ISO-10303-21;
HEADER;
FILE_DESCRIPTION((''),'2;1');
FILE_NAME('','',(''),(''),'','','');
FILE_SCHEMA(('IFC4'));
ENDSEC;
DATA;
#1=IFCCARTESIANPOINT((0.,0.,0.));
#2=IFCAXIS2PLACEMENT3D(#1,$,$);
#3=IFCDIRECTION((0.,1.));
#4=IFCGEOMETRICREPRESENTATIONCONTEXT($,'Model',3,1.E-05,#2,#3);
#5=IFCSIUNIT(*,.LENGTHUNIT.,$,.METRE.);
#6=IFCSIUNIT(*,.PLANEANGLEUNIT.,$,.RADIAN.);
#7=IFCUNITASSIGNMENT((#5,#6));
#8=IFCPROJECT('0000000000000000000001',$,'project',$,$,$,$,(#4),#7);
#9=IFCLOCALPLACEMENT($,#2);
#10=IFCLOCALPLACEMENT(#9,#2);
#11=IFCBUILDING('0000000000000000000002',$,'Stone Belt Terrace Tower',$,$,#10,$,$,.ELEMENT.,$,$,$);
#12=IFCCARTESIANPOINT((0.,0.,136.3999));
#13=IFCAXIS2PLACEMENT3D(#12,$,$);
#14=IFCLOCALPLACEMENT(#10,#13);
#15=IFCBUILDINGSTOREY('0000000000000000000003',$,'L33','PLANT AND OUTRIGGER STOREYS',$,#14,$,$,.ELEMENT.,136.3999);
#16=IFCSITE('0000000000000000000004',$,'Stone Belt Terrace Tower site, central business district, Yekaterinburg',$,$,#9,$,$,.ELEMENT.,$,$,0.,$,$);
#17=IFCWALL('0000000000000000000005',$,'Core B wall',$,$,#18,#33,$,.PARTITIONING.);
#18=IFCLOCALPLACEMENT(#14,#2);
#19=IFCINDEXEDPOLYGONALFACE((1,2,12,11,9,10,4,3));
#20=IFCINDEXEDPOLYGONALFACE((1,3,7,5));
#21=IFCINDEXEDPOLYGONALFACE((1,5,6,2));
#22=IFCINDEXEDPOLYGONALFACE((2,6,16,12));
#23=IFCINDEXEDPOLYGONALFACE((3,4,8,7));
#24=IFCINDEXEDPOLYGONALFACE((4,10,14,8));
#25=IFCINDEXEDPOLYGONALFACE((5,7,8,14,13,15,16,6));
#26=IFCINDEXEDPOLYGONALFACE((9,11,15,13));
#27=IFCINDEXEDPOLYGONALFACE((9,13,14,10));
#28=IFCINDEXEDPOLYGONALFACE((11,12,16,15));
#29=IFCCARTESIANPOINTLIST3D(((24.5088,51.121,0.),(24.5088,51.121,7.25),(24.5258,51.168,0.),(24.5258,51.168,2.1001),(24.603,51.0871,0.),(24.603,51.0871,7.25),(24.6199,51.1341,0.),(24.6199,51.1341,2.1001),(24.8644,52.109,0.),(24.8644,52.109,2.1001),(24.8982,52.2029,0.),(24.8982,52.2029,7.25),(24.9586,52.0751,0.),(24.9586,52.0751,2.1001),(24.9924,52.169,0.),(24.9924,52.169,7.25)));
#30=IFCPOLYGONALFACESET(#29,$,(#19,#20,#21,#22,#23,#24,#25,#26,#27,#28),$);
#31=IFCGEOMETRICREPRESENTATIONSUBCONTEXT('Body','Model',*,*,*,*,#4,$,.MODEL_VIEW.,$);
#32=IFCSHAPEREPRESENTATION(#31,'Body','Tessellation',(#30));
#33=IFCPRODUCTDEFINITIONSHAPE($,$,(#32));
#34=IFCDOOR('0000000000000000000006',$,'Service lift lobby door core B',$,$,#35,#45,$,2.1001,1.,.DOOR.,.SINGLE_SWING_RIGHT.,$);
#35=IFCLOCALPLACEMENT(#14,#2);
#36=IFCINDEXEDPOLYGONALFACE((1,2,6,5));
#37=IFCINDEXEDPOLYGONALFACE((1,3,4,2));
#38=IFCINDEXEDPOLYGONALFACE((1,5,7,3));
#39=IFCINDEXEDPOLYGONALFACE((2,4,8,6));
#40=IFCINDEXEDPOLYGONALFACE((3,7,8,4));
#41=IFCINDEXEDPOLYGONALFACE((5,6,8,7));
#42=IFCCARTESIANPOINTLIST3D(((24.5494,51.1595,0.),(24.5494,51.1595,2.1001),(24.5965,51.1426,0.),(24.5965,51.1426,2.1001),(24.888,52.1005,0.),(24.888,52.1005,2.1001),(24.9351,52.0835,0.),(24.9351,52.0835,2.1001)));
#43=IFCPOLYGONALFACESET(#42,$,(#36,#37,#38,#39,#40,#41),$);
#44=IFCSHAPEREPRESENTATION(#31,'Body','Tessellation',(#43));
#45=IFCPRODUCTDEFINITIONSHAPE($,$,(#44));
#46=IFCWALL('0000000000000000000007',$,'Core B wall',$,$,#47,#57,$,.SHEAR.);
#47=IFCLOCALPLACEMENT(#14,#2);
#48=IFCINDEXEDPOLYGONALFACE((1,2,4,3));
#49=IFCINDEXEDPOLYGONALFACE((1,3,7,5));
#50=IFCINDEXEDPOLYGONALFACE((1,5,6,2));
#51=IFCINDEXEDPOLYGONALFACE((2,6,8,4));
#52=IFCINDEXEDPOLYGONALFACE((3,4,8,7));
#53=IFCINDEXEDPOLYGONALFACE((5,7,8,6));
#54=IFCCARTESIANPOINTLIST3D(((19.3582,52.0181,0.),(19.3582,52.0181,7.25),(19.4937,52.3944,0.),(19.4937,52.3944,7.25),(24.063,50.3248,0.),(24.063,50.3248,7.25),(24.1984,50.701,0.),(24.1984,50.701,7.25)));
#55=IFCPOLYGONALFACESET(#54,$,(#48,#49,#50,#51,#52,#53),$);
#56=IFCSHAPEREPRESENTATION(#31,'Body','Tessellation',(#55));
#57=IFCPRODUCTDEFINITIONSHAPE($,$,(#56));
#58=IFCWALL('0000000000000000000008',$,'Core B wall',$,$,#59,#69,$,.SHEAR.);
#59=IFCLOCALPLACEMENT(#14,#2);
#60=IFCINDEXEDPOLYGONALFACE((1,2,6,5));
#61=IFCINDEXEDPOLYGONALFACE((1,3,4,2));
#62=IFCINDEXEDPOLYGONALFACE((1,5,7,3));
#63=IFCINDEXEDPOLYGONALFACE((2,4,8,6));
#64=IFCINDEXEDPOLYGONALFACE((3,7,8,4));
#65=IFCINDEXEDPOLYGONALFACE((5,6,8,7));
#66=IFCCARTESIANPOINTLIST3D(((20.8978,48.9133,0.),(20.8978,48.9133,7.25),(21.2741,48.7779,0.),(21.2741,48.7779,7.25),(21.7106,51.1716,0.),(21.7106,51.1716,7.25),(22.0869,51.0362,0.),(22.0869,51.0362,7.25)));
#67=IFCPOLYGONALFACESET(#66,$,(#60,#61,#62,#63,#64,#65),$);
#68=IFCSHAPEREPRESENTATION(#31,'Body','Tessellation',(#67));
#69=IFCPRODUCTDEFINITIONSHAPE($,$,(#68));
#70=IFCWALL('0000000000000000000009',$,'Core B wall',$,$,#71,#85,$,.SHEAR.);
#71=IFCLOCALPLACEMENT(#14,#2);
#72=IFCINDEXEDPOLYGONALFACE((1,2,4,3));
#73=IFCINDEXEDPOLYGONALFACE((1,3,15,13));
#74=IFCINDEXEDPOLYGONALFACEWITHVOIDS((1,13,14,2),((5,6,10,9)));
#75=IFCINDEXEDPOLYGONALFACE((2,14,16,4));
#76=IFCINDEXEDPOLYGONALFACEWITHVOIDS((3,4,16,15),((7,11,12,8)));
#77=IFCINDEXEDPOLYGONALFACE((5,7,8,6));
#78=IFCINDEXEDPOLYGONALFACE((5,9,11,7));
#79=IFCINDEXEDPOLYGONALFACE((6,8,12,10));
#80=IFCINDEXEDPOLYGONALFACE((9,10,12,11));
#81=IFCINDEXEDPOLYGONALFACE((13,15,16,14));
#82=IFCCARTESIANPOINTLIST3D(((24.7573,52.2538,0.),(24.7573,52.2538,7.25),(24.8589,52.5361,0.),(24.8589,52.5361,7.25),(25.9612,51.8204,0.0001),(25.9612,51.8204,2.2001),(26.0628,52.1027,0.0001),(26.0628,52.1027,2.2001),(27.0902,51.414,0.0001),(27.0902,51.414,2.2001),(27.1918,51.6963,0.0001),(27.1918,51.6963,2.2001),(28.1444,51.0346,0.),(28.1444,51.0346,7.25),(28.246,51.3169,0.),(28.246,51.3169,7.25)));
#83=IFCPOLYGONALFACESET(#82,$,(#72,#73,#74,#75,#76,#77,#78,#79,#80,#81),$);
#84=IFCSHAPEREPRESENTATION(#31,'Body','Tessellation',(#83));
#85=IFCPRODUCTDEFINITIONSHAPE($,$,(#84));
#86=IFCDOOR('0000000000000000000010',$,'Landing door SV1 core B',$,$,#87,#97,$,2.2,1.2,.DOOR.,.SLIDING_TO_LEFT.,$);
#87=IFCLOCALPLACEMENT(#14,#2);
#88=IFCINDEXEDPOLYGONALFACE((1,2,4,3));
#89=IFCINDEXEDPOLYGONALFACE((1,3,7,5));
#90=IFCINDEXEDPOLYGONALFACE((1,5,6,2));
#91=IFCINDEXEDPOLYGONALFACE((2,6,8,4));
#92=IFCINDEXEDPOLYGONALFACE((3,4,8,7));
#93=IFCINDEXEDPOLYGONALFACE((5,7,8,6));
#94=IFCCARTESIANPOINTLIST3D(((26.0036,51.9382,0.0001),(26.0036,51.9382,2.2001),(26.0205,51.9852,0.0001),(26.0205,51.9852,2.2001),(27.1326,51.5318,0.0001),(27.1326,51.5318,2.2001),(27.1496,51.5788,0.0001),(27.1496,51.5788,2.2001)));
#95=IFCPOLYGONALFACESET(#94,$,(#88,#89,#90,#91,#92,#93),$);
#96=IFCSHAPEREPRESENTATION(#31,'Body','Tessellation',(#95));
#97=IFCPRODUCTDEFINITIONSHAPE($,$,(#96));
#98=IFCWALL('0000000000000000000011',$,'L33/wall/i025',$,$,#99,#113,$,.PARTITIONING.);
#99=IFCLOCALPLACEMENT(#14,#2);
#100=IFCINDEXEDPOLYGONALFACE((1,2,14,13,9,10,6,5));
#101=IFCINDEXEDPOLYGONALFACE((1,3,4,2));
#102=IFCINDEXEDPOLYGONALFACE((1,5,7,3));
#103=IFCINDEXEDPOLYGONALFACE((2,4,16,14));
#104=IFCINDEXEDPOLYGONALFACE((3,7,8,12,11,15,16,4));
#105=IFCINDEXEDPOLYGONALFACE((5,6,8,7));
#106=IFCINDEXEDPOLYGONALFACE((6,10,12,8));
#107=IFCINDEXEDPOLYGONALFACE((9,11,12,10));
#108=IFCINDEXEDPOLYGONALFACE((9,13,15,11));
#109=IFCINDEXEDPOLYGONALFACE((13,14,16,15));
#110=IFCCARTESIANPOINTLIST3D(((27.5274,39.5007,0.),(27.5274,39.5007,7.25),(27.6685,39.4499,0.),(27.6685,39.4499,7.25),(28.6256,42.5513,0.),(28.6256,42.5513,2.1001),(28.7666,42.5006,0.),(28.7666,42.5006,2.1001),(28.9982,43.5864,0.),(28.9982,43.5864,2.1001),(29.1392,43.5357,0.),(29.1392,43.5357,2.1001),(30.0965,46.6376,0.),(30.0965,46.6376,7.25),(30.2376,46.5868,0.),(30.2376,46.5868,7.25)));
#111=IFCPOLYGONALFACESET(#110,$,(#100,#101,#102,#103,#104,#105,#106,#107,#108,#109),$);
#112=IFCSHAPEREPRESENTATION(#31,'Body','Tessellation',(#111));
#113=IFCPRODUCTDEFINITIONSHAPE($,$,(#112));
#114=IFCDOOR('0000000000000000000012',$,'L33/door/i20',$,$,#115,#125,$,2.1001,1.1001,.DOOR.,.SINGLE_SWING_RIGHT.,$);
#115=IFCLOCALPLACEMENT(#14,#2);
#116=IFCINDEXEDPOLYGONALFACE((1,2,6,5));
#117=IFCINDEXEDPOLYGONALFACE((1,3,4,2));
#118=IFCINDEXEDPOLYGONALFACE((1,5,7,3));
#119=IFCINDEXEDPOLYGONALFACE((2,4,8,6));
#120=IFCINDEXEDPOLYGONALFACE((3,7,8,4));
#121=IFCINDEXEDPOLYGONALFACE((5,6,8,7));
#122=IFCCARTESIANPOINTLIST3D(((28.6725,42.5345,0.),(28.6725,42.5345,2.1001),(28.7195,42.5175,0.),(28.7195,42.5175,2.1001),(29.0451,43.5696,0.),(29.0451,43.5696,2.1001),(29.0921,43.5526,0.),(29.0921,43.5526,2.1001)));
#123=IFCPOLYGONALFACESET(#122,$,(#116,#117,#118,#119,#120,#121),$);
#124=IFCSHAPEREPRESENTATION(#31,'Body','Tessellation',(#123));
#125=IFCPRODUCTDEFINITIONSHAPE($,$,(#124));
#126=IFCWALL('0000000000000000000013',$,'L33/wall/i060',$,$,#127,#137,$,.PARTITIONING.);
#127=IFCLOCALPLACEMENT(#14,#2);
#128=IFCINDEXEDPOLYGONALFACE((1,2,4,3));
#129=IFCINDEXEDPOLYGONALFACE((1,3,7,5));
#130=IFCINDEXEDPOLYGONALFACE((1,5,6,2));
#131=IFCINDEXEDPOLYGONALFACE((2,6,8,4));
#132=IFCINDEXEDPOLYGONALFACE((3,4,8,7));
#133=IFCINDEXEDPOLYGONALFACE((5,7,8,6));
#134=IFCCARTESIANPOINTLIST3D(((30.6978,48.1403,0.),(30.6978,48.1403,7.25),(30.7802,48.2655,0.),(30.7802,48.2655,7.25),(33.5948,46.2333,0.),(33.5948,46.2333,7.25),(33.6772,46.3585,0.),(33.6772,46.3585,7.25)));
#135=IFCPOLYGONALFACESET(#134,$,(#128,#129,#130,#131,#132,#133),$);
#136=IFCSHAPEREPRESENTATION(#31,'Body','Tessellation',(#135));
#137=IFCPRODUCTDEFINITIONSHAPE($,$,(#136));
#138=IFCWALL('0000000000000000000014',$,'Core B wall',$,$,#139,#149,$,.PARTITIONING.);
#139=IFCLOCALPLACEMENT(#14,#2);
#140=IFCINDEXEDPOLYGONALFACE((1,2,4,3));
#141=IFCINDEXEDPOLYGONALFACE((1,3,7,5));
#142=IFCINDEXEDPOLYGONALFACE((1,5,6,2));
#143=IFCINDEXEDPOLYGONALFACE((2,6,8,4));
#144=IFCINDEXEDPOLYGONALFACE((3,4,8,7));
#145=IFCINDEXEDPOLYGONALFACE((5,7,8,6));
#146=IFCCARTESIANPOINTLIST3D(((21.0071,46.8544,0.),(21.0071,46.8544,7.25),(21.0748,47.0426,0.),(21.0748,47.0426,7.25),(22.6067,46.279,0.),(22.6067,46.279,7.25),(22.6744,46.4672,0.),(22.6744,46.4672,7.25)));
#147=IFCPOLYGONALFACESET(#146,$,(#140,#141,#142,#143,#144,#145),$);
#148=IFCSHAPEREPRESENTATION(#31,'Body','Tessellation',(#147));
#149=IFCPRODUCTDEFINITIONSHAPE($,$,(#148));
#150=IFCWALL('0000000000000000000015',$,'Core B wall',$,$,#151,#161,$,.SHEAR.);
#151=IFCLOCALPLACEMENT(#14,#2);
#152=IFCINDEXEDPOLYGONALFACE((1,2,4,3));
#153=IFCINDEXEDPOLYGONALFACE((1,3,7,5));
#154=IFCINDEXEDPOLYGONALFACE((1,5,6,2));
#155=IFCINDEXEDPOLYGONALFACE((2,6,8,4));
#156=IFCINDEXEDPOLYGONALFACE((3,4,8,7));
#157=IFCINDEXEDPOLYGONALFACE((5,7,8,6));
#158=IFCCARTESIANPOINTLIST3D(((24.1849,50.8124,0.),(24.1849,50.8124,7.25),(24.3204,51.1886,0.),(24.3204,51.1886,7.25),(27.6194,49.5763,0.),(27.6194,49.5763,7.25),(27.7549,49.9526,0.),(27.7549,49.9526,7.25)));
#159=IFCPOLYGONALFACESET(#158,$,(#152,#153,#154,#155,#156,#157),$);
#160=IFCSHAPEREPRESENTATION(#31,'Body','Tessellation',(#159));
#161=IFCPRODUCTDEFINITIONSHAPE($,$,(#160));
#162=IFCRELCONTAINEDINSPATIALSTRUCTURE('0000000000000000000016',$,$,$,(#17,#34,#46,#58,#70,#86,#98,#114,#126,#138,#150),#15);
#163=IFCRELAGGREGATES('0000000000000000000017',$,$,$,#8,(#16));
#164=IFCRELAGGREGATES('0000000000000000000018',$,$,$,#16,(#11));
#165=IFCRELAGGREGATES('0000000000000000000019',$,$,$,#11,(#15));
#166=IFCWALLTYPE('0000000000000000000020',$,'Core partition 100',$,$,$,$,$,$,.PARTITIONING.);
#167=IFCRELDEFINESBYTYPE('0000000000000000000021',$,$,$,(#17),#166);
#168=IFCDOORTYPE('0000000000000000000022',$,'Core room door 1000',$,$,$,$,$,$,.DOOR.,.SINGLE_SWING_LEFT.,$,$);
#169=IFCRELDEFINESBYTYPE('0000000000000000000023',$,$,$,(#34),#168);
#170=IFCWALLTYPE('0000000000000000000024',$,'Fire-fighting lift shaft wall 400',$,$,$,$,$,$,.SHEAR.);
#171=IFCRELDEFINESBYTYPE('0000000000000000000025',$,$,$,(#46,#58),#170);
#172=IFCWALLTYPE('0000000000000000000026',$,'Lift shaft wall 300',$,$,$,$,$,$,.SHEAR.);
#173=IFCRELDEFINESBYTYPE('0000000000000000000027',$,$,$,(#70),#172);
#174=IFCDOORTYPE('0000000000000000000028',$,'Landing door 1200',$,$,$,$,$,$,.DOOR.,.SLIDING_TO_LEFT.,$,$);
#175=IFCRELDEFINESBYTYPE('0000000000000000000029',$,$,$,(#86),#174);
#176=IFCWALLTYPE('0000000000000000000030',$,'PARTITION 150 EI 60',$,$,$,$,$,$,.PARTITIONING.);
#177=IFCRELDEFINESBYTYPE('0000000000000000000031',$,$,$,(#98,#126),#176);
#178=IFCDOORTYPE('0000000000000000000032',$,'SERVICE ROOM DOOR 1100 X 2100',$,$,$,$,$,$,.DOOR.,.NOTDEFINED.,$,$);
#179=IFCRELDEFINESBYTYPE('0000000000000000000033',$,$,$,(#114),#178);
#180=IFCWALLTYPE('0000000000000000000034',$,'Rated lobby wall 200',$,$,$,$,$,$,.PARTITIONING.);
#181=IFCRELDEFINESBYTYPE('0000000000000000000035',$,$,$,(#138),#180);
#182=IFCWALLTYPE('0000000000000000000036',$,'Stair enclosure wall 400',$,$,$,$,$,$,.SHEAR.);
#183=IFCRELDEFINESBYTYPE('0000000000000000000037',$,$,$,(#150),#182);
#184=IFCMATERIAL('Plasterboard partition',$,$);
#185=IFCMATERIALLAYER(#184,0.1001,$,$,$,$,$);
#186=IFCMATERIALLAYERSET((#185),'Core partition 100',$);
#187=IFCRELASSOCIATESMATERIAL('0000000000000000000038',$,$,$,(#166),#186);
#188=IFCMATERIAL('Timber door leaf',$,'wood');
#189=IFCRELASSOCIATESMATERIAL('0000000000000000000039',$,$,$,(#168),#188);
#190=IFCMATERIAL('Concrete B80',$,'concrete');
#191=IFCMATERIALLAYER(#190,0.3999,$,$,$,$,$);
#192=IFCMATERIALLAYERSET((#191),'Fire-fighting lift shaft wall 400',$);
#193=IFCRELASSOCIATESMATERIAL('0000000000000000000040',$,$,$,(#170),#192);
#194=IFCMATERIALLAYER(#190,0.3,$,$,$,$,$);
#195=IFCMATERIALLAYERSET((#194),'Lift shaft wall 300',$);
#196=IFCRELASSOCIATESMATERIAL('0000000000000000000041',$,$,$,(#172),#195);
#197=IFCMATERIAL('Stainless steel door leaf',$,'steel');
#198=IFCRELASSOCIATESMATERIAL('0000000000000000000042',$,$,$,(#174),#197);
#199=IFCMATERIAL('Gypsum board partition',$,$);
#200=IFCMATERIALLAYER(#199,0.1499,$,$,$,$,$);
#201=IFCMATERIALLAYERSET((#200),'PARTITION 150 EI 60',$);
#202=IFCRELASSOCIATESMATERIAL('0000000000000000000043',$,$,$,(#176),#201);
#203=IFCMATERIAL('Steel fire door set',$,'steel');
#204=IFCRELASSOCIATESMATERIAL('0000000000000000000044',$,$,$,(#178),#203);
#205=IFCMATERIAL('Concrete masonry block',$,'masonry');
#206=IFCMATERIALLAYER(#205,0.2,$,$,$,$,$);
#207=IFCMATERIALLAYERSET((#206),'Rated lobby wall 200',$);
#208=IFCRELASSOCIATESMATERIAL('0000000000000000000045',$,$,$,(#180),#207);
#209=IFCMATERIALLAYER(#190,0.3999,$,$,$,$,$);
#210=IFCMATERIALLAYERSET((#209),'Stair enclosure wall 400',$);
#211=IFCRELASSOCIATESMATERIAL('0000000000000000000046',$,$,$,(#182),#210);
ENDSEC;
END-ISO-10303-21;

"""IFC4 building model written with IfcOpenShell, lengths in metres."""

from ifc_helpers import new_model, si_unit, direction, frame, frame_2d, origin, place, context, subcontext, project, spatial, rectangle, extrude, material, layer, layer_set, type_object, element, fill, save


model = new_model("IFC4")

# Units and contexts
model_context = context("Model", 3, precision=1e-05, world=origin(), true_north=direction((0.0, 1.0)))
body_context = subcontext(model_context, "Body", "Model", "MODEL_VIEW")
ifc_project = project(units=[si_unit("LENGTHUNIT", "METRE"), si_unit("PLANEANGLEUNIT", "RADIAN")], contexts=[model_context])

# Site, building, storey
site_placement = place(None, origin())
site = spatial("IfcSite", under=ifc_project, at=site_placement, Name="Stone Belt Terrace Tower site, central business district, Yekaterinburg", CompositionType="ELEMENT", RefElevation=0.0)
building_placement = place(site_placement, origin())
building = spatial("IfcBuilding", under=site, at=building_placement, Name="Stone Belt Terrace Tower", CompositionType="ELEMENT")
storey_placement = place(building_placement, frame((0.0, 0.0, 136.3999)))
storey = spatial("IfcBuildingStorey", under=building, at=storey_placement, Name="L33", Description="PLANT AND OUTRIGGER STOREYS", CompositionType="ELEMENT", Elevation=136.3999)

# Wall, opening, door
ifc_material_1 = material(Name="Plasterboard partition")
ifc_layer_1 = layer(ifc_material_1, 0.1001)
ifc_layer_set_1 = layer_set([ifc_layer_1], Name="Core partition 100")
wall_type_1 = type_object("IfcWallType", Name="Core partition 100", PredefinedType="PARTITIONING", material=ifc_layer_set_1)
wall_1_placement = place(storey_placement, frame((24.5559, 51.104, 0.0), z_axis=(0.0, 0.0, 1.0), x_axis=(0.338622, 0.940923, 0.0)))
wall_1 = element("IfcWall", 1, at=wall_1_placement, inside=storey, type_object=wall_type_1, Name="Core B wall", PredefinedType="PARTITIONING", context=body_context, shape_type="SweptSolid", body=[
    extrude(rectangle(XDim=1.1499, YDim=0.1001, at=frame_2d((0.575, 0.0))), origin(), (0.0, 0.0, 1.0), 7.25),
])
opening_1_placement = place(wall_1_placement, frame((0.05, 0.0, 0.0)))
opening_1 = element("IfcOpeningElement", 2, at=opening_1_placement, cuts=wall_1, PredefinedType="OPENING", context=body_context, shape_type="SweptSolid", body=[
    extrude(rectangle(XDim=1.0, YDim=2.1001, at=frame_2d((0.5, 1.05))), frame((0.0, 0.0601, 0.0), z_axis=(0.0, -1.0, 0.0), x_axis=(1.0, 0.0, 0.0)), (0.0, 0.0, 1.0), 0.1201),
])
ifc_material_2 = material(Name="Timber door leaf", Category="wood")
door_type_1 = type_object("IfcDoorType", Name="Core room door 1000", OperationType="SINGLE_SWING_LEFT", PredefinedType="DOOR", material=ifc_material_2)
door_1_placement = place(opening_1_placement, origin())
door_1 = element("IfcDoor", 3, at=door_1_placement, inside=storey, type_object=door_type_1, Name="Service lift lobby door core B", OperationType="SINGLE_SWING_RIGHT", OverallHeight=2.1001, OverallWidth=1.0, PredefinedType="DOOR", context=body_context, shape_type="SweptSolid", body=[
    extrude(rectangle(XDim=1.0, YDim=2.1001, at=frame_2d((0.5, 1.05))), frame((0.0, 0.0249, 0.0), z_axis=(0.0, -1.0, 0.0), x_axis=(1.0, 0.0, 0.0)), (0.0, 0.0, 1.0), 0.05),
])
fill(opening_1, door_1)

# Walls
ifc_material_3 = material(Name="Concrete B80", Category="concrete")
ifc_layer_2 = layer(ifc_material_3, 0.3999)
ifc_layer_set_2 = layer_set([ifc_layer_2], Name="Fire-fighting lift shaft wall 400")
wall_type_2 = type_object("IfcWallType", Name="Fire-fighting lift shaft wall 400", PredefinedType="SHEAR", material=ifc_layer_set_2)
wall_2_placement = place(storey_placement, frame((24.1306, 50.5129, 0.0), z_axis=(0.0, 0.0, 1.0), x_axis=(-0.940912, 0.338652, 0.0)))
element("IfcWall", 4, at=wall_2_placement, inside=storey, type_object=wall_type_2, Name="Core B wall", PredefinedType="SHEAR", context=body_context, shape_type="SweptSolid", body=[
    extrude(rectangle(XDim=5.0002, YDim=0.3999, at=frame_2d((2.5, 0.0))), origin(), (0.0, 0.0, 1.0), 7.25),
])
wall_3_placement = place(storey_placement, frame((21.0859, 48.8455, 0.0), z_axis=(0.0, 0.0, 1.0), x_axis=(0.338629, 0.94092, 0.0)))
element("IfcWall", 5, at=wall_3_placement, inside=storey, type_object=wall_type_2, Name="Core B wall", PredefinedType="SHEAR", context=body_context, shape_type="SweptSolid", body=[
    extrude(rectangle(XDim=2.4001, YDim=0.3999, at=frame_2d((1.2002, 0.0))), origin(), (0.0, 0.0, 1.0), 7.25),
])

# Walls, openings, doors
ifc_layer_3 = layer(ifc_material_3, 0.3)
ifc_layer_set_3 = layer_set([ifc_layer_3], Name="Lift shaft wall 300")
wall_type_3 = type_object("IfcWallType", Name="Lift shaft wall 300", PredefinedType="SHEAR", material=ifc_layer_set_3)
wall_4_placement = place(storey_placement, frame((28.1951, 51.1758, 0.0), z_axis=(0.0, 0.0, 1.0), x_axis=(-0.940901, 0.338681, 0.0)))
wall_4 = element("IfcWall", 6, at=wall_4_placement, inside=storey, type_object=wall_type_3, Name="Core B wall", PredefinedType="SHEAR", context=body_context, shape_type="SweptSolid", body=[
    extrude(rectangle(XDim=3.5999, YDim=0.3, at=frame_2d((1.7998, 0.0))), origin(), (0.0, 0.0, 1.0), 7.25),
])
opening_2_placement = place(wall_4_placement, frame((1.1201, 0.0, 0.0)))
opening_2 = element("IfcOpeningElement", 7, at=opening_2_placement, cuts=wall_4, PredefinedType="OPENING", context=body_context, shape_type="SweptSolid", body=[
    extrude(rectangle(XDim=1.2, YDim=2.2, at=frame_2d((0.6001, 1.1001))), frame((0.0, 0.1599, 0.0), z_axis=(0.0, -1.0, 0.0), x_axis=(1.0, 0.0, 0.0)), (0.0, 0.0, 1.0), 0.3201),
])
ifc_material_4 = material(Name="Stainless steel door leaf", Category="steel")
door_type_2 = type_object("IfcDoorType", Name="Landing door 1200", OperationType="SLIDING_TO_LEFT", PredefinedType="DOOR", material=ifc_material_4)
door_2_placement = place(opening_2_placement, origin())
door_2 = element("IfcDoor", 8, at=door_2_placement, inside=storey, type_object=door_type_2, Name="Landing door SV1 core B", OperationType="SLIDING_TO_LEFT", OverallHeight=2.2, OverallWidth=1.2, PredefinedType="DOOR", context=body_context, shape_type="SweptSolid", body=[
    extrude(rectangle(XDim=1.2, YDim=2.2, at=frame_2d((0.6001, 1.1001))), frame((0.0, 0.0249, 0.0), z_axis=(0.0, -1.0, 0.0), x_axis=(1.0, 0.0, 0.0)), (0.0, 0.0, 1.0), 0.05),
])
fill(opening_2, door_2)
ifc_material_5 = material(Name="Gypsum board partition")
ifc_layer_4 = layer(ifc_material_5, 0.1499)
ifc_layer_set_4 = layer_set([ifc_layer_4], Name="PARTITION 150 EI 60")
wall_type_4 = type_object("IfcWallType", Name="PARTITION 150 EI 60", PredefinedType="PARTITIONING", material=ifc_layer_set_4)
wall_5_placement = place(storey_placement, frame((30.167, 46.6121, 0.0), z_axis=(0.0, 0.0, 1.0), x_axis=(-0.338694, -0.940896, 0.0)))
wall_5 = element("IfcWall", 9, at=wall_5_placement, inside=storey, type_object=wall_type_4, Name="L33/wall/i025", PredefinedType="PARTITIONING", context=body_context, shape_type="SweptSolid", body=[
    extrude(rectangle(XDim=7.5852, YDim=0.1499, at=frame_2d((3.7925, 0.0))), origin(), (0.0, 0.0, 1.0), 7.25),
])
opening_3_placement = place(wall_5_placement, frame((3.2427, 0.0, 0.0)))
opening_3 = element("IfcOpeningElement", 10, at=opening_3_placement, cuts=wall_5, PredefinedType="OPENING", context=body_context, shape_type="SweptSolid", body=[
    extrude(rectangle(XDim=1.1001, YDim=2.1001, at=frame_2d((0.55, 1.05))), frame((0.0, 0.085, 0.0), z_axis=(0.0, -1.0, 0.0), x_axis=(1.0, 0.0, 0.0)), (0.0, 0.0, 1.0), 0.1699),
])
ifc_material_6 = material(Name="Steel fire door set", Category="steel")
door_type_3 = type_object("IfcDoorType", Name="SERVICE ROOM DOOR 1100 X 2100", OperationType="NOTDEFINED", PredefinedType="DOOR", material=ifc_material_6)
door_3_placement = place(opening_3_placement, origin())
door_3 = element("IfcDoor", 11, at=door_3_placement, inside=storey, type_object=door_type_3, Name="L33/door/i20", OperationType="SINGLE_SWING_RIGHT", OverallHeight=2.1001, OverallWidth=1.1001, PredefinedType="DOOR", context=body_context, shape_type="SweptSolid", body=[
    extrude(rectangle(XDim=1.1001, YDim=2.1001, at=frame_2d((0.55, 1.05))), frame((0.0, 0.0249, 0.0), z_axis=(0.0, -1.0, 0.0), x_axis=(1.0, 0.0, 0.0)), (0.0, 0.0, 1.0), 0.05),
])
fill(opening_3, door_3)

# Walls
wall_6_placement = place(storey_placement, frame((30.739, 48.2029, 0.0), z_axis=(0.0, 0.0, 1.0), x_axis=(0.835274, -0.549834, 0.0)))
element("IfcWall", 12, at=wall_6_placement, inside=storey, type_object=wall_type_4, Name="L33/wall/i060", PredefinedType="PARTITIONING", context=body_context, shape_type="SweptSolid", body=[
    extrude(rectangle(XDim=3.4683, YDim=0.1499, at=frame_2d((1.7341, 0.0))), origin(), (0.0, 0.0, 1.0), 7.25),
])
ifc_material_7 = material(Name="Concrete masonry block", Category="masonry")
ifc_layer_5 = layer(ifc_material_7, 0.2)
ifc_layer_set_5 = layer_set([ifc_layer_5], Name="Rated lobby wall 200")
wall_type_5 = type_object("IfcWallType", Name="Rated lobby wall 200", PredefinedType="PARTITIONING", material=ifc_layer_set_5)
wall_7_placement = place(storey_placement, frame((22.6406, 46.373, 0.0), z_axis=(0.0, 0.0, 1.0), x_axis=(-0.940966, 0.338501, 0.0)))
element("IfcWall", 13, at=wall_7_placement, inside=storey, type_object=wall_type_5, Name="Core B wall", PredefinedType="PARTITIONING", context=body_context, shape_type="SweptSolid", body=[
    extrude(rectangle(XDim=1.7, YDim=0.2, at=frame_2d((0.8501, 0.0))), origin(), (0.0, 0.0, 1.0), 7.25),
])
ifc_layer_6 = layer(ifc_material_3, 0.3999)
ifc_layer_set_6 = layer_set([ifc_layer_6], Name="Stair enclosure wall 400")
wall_type_6 = type_object("IfcWallType", Name="Stair enclosure wall 400", PredefinedType="SHEAR", material=ifc_layer_set_6)
wall_8_placement = place(storey_placement, frame((27.6873, 49.7644, 0.0), z_axis=(0.0, 0.0, 1.0), x_axis=(-0.940919, 0.338632, 0.0)))
element("IfcWall", 14, at=wall_8_placement, inside=storey, type_object=wall_type_6, Name="Core B wall", PredefinedType="SHEAR", context=body_context, shape_type="SweptSolid", body=[
    extrude(rectangle(XDim=3.6501, YDim=0.3999, at=frame_2d((1.8252, 0.0))), origin(), (0.0, 0.0, 1.0), 7.25),
])

save(model, "model.ifc")
